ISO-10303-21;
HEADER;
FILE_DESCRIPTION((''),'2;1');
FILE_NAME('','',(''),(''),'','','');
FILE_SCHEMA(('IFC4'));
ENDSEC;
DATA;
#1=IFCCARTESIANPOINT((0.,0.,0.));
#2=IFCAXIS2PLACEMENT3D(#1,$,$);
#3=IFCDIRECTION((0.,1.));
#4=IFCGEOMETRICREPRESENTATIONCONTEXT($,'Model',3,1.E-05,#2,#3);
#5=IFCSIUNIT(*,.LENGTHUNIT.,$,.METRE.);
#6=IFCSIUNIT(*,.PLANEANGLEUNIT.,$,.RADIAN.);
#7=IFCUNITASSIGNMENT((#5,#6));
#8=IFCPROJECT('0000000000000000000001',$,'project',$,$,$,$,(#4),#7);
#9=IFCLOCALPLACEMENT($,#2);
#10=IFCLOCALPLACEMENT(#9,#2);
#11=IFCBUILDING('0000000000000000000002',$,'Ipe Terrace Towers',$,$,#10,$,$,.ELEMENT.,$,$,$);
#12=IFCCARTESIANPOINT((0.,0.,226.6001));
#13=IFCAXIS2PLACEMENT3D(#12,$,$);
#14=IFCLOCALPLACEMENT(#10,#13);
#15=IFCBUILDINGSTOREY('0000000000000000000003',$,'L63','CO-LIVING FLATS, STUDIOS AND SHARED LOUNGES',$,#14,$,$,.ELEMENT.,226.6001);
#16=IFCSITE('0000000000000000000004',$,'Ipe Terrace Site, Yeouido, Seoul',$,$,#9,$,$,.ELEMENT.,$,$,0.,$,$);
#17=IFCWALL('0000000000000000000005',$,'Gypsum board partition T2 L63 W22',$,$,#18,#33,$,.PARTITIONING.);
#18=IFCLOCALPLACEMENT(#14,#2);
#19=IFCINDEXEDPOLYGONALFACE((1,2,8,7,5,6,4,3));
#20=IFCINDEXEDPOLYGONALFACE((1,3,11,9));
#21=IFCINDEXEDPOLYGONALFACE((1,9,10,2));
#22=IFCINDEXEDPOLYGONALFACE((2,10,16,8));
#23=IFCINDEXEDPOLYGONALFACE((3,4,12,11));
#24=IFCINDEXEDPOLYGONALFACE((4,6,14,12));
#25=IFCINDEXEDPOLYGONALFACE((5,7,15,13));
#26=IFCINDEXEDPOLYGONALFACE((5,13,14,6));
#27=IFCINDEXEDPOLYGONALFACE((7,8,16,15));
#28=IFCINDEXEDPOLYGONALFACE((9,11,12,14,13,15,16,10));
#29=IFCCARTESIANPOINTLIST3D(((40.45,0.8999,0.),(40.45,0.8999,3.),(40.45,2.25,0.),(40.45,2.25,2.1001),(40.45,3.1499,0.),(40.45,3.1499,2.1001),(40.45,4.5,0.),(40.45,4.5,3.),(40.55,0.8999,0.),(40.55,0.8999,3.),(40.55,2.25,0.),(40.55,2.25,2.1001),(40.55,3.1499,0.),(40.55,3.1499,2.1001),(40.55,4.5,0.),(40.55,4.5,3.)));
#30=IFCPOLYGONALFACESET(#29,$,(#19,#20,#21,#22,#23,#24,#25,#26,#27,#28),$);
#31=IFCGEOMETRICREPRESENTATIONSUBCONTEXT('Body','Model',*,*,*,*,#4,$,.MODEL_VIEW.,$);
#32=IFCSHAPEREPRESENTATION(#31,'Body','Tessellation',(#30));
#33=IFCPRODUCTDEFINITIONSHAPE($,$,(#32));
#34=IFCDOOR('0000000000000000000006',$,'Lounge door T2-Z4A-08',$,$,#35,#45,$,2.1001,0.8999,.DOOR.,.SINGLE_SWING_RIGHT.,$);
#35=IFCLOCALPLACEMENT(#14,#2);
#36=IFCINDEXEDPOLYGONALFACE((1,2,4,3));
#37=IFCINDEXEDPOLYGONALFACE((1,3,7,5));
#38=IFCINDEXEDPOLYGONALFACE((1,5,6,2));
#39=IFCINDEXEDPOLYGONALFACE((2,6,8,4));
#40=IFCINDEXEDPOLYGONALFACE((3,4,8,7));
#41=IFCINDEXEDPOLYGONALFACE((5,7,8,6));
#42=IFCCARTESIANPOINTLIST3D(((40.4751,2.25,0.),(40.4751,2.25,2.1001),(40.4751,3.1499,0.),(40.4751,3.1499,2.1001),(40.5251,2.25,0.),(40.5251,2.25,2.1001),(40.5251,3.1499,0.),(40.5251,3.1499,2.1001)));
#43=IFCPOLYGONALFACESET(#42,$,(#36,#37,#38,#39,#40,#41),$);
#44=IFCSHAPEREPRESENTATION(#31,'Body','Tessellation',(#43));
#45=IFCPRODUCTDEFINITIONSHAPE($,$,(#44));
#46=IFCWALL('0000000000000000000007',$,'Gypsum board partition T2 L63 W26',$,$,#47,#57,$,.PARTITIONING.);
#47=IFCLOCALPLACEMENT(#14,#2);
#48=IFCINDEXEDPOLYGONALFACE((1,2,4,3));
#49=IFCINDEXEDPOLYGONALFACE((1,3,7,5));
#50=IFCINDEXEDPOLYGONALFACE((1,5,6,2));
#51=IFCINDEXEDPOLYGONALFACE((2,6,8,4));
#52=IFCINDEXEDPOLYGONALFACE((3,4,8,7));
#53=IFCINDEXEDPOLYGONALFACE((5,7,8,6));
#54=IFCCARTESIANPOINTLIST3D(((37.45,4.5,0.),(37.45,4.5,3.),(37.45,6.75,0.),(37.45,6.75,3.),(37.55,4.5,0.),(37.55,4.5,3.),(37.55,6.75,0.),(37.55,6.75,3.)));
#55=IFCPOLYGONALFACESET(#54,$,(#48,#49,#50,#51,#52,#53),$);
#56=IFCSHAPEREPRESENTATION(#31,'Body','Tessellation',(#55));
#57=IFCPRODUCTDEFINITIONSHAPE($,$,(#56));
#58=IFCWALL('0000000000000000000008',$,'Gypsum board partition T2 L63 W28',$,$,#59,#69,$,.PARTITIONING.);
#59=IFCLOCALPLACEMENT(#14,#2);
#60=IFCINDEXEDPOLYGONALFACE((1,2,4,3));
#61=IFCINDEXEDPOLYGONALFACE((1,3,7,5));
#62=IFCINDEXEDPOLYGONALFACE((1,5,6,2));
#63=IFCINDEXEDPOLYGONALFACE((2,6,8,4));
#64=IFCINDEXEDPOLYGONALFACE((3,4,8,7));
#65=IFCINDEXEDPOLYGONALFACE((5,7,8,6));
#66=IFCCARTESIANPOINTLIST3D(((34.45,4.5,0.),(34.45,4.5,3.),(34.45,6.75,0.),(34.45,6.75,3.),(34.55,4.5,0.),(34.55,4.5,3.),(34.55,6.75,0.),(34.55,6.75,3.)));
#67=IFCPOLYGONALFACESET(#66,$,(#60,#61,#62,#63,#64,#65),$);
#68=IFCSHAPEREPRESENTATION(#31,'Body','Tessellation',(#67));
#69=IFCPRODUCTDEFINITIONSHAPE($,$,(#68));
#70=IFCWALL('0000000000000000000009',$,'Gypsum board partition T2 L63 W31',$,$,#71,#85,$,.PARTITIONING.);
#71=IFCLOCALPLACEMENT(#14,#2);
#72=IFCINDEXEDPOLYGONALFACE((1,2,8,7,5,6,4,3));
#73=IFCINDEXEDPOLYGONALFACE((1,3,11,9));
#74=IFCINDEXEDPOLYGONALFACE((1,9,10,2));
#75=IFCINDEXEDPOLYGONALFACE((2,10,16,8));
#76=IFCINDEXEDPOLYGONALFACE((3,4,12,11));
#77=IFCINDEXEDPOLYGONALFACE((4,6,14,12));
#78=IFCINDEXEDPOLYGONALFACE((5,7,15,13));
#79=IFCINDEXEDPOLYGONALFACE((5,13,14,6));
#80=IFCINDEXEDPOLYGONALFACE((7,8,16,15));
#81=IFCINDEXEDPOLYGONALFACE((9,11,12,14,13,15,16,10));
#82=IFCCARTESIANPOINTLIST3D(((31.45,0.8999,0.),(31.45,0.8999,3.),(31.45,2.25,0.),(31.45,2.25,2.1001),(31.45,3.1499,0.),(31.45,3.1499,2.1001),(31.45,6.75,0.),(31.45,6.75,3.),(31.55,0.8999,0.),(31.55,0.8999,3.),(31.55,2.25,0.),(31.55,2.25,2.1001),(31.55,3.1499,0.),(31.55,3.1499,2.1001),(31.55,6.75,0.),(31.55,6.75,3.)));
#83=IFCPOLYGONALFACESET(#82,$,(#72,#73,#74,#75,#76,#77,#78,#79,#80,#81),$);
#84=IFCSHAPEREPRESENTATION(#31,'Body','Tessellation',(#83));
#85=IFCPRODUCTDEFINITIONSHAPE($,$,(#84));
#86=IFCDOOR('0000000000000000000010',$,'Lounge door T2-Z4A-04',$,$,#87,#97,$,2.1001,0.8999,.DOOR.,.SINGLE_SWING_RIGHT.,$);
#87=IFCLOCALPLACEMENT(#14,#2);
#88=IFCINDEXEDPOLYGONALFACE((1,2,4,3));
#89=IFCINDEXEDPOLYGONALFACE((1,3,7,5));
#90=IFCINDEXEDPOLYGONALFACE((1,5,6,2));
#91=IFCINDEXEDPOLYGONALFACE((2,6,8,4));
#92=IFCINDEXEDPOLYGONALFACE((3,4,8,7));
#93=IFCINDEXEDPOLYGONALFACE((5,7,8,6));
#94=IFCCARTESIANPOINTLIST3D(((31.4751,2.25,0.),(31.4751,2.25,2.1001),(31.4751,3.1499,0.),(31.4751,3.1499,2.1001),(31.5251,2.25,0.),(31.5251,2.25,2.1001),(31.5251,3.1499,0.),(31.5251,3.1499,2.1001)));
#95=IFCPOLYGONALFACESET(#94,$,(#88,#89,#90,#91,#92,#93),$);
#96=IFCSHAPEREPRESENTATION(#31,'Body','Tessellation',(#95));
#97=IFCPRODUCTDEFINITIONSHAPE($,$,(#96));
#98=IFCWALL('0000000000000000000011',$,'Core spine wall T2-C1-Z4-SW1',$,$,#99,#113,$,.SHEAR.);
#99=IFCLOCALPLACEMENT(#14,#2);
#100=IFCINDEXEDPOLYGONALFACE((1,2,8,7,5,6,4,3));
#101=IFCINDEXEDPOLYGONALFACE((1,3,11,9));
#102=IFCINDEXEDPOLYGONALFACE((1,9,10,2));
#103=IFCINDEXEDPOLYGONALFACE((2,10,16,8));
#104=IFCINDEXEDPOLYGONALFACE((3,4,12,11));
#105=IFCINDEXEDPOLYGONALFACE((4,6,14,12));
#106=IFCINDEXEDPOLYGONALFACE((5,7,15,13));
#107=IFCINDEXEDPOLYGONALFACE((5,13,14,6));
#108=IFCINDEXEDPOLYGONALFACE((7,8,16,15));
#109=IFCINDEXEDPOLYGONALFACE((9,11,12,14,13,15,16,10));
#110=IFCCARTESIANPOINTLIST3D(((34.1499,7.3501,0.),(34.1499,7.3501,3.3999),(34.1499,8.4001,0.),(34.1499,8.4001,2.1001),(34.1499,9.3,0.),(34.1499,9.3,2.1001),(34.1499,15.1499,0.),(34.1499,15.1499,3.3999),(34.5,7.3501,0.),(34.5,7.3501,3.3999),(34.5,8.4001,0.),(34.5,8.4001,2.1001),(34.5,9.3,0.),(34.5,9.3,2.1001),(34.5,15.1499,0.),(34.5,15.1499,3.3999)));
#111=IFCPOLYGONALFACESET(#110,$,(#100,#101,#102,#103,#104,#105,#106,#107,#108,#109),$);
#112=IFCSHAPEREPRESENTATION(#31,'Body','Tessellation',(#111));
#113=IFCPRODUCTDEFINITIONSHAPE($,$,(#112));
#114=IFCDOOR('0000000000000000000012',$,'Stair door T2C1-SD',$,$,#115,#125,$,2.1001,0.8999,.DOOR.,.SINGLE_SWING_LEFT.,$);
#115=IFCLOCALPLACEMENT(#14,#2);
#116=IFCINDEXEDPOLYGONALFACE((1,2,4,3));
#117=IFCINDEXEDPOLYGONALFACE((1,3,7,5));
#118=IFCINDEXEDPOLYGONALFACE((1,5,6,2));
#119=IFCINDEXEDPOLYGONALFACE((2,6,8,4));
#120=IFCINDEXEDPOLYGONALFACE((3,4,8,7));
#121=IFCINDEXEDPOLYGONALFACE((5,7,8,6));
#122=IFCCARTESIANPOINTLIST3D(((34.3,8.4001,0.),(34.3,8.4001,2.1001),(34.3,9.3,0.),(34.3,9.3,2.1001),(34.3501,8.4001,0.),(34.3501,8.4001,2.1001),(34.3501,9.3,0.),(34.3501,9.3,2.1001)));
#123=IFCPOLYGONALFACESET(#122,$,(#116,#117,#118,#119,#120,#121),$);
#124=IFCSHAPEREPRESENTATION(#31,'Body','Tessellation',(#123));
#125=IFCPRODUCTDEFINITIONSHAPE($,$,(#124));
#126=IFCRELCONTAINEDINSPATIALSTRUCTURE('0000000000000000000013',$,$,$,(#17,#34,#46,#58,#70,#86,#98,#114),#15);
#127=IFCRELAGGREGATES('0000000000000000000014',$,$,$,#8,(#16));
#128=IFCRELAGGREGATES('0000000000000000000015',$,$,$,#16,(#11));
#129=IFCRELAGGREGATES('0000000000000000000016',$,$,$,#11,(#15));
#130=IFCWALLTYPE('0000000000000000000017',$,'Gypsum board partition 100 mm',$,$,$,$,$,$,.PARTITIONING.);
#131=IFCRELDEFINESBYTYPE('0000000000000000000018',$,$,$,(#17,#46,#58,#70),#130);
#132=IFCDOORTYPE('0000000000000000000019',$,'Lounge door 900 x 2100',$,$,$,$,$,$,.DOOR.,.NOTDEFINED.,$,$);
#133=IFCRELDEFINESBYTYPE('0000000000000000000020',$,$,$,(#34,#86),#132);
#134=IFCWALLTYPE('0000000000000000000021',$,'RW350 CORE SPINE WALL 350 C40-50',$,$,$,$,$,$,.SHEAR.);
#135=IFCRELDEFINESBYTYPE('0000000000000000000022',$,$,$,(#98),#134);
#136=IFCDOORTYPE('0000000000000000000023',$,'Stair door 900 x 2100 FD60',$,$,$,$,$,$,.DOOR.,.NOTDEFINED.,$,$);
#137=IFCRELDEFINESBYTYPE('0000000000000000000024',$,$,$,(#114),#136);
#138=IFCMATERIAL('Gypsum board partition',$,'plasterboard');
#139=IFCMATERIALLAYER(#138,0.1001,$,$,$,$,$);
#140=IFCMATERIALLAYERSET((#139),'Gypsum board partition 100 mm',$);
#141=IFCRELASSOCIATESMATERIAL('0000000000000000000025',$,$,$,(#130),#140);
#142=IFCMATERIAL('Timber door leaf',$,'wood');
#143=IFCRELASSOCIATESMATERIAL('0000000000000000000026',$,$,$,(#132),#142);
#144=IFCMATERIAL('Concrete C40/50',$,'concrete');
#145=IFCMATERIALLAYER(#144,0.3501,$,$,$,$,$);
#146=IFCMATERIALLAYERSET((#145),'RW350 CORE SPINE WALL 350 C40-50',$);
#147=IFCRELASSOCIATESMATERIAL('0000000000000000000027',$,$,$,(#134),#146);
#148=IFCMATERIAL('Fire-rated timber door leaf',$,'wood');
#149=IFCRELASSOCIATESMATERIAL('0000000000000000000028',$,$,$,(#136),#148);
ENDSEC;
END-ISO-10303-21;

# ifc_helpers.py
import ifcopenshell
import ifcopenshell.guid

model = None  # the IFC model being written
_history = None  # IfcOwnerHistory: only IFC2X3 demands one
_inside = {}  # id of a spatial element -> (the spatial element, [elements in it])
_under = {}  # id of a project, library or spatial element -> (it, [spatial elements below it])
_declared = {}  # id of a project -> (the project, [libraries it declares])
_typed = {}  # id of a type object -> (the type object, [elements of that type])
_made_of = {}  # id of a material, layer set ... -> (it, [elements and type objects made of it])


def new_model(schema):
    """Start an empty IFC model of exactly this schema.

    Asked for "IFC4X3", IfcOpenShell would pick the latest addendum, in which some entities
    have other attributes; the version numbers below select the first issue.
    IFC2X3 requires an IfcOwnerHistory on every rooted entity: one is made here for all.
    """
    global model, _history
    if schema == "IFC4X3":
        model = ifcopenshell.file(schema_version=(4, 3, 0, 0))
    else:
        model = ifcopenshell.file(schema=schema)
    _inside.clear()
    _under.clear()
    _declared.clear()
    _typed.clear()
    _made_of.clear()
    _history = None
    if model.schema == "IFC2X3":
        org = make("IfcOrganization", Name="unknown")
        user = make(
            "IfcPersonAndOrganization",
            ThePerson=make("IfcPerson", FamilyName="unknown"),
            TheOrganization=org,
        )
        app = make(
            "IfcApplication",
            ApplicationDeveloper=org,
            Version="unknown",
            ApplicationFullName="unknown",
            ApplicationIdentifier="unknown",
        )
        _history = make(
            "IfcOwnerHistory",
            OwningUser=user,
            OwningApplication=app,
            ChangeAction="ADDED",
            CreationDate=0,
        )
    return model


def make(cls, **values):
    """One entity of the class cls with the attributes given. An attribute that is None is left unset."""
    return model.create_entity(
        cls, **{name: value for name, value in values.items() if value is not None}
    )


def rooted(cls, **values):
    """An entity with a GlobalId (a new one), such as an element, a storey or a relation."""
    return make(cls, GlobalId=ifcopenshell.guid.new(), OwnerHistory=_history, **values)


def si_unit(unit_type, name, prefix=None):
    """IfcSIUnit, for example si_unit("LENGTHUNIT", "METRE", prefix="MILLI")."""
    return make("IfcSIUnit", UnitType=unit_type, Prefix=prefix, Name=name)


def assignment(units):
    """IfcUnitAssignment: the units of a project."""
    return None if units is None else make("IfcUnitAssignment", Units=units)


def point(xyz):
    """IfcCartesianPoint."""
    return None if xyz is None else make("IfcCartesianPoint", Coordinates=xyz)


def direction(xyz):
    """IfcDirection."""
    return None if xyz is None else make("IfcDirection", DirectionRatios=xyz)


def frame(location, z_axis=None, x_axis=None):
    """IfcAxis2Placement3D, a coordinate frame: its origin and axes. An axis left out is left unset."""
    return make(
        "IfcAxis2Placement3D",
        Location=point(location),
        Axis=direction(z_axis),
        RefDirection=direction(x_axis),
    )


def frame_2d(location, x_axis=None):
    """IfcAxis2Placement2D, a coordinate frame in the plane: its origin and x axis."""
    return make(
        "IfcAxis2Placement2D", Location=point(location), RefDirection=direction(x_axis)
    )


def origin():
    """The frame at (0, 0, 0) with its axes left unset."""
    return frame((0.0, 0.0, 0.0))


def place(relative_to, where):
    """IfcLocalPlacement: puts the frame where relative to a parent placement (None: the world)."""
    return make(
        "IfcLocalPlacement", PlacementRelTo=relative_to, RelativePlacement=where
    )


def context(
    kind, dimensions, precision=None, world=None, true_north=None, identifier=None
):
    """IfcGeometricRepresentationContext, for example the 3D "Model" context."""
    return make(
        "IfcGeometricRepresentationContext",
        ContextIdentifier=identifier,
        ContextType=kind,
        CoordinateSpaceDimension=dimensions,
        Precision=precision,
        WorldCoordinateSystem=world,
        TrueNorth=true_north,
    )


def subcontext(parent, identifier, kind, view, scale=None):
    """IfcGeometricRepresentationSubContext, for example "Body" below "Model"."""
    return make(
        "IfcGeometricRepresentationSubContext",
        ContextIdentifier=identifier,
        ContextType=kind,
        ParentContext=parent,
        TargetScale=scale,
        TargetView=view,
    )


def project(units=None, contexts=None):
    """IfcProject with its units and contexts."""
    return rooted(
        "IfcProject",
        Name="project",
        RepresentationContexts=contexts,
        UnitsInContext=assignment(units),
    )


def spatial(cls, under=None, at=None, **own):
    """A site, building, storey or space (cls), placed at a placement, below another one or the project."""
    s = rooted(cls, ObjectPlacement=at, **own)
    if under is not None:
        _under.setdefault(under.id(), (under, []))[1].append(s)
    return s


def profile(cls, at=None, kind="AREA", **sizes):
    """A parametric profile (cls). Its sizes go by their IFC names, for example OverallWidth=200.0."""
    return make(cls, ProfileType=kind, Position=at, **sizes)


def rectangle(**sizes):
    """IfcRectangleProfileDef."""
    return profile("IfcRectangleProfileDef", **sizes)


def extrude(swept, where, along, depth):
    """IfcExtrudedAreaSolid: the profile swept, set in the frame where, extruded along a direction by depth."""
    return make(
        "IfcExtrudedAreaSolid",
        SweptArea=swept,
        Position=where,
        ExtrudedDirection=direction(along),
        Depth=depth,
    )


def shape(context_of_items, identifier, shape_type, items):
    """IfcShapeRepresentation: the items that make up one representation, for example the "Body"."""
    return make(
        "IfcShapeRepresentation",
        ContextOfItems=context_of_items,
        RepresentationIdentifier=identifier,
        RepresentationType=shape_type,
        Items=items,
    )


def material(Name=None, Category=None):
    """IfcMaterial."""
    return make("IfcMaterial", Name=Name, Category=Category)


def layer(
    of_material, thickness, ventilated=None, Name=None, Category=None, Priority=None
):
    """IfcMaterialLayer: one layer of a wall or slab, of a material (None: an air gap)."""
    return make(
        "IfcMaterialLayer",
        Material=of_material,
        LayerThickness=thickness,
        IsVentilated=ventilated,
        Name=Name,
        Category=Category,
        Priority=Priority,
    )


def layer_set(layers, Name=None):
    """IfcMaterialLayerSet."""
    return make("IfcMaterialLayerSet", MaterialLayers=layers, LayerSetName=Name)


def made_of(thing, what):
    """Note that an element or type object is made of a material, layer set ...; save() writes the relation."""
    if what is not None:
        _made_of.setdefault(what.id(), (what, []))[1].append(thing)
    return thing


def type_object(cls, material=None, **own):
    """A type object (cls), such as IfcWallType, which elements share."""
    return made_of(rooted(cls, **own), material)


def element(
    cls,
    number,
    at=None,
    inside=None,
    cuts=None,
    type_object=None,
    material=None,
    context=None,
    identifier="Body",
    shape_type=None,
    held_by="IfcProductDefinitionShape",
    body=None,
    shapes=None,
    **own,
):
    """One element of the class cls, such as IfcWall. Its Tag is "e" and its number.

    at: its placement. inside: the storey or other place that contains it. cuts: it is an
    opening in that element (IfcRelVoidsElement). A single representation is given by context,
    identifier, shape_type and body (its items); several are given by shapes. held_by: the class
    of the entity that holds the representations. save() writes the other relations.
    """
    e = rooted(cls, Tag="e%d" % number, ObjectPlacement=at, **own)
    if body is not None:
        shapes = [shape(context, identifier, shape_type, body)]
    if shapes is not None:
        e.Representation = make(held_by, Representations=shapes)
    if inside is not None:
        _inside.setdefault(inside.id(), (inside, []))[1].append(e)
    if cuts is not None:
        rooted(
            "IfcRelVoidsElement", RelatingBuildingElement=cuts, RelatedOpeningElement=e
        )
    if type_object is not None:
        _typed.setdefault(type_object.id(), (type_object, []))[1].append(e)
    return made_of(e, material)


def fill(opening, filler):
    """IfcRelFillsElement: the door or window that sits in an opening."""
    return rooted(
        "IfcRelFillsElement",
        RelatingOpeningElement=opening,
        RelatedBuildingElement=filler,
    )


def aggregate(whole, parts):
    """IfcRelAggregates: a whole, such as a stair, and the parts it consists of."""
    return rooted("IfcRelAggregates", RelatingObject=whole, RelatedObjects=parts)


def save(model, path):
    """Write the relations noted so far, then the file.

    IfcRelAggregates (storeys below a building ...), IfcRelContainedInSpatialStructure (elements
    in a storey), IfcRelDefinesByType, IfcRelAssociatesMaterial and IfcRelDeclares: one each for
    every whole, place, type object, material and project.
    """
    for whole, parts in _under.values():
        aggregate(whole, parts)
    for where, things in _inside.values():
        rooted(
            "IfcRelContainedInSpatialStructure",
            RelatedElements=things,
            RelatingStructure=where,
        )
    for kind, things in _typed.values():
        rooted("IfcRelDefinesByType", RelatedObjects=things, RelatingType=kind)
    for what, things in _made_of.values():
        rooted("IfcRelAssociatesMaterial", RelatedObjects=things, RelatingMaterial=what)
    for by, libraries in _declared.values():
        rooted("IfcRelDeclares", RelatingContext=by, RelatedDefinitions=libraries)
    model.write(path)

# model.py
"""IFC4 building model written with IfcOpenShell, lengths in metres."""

from ifc_helpers import new_model, si_unit, direction, frame, frame_2d, origin, place, context, subcontext, project, spatial, rectangle, extrude, material, layer, layer_set, type_object, element, fill, save


model = new_model("IFC4")

# Units and contexts
model_context = context("Model", 3, precision=1e-05, world=origin(), true_north=direction((0.0, 1.0)))
body_context = subcontext(model_context, "Body", "Model", "MODEL_VIEW")
ifc_project = project(units=[si_unit("LENGTHUNIT", "METRE"), si_unit("PLANEANGLEUNIT", "RADIAN")], contexts=[model_context])

# Site, building, storey
site_placement = place(None, origin())
site = spatial("IfcSite", under=ifc_project, at=site_placement, Name="Ipe Terrace Site, Yeouido, Seoul", CompositionType="ELEMENT", RefElevation=0.0)
building_placement = place(site_placement, origin())
building = spatial("IfcBuilding", under=site, at=building_placement, Name="Ipe Terrace Towers", CompositionType="ELEMENT")
storey_placement = place(building_placement, frame((0.0, 0.0, 226.6001)))
storey = spatial("IfcBuildingStorey", under=building, at=storey_placement, Name="L63", Description="CO-LIVING FLATS, STUDIOS AND SHARED LOUNGES", CompositionType="ELEMENT", Elevation=226.6001)

# Shared definitions
ifc_material_1 = material(Name="Gypsum board partition", Category="plasterboard")
ifc_layer_1 = layer(ifc_material_1, 0.1001)
ifc_layer_set_1 = layer_set([ifc_layer_1], Name="Gypsum board partition 100 mm")
wall_type_1 = type_object("IfcWallType", Name="Gypsum board partition 100 mm", PredefinedType="PARTITIONING", material=ifc_layer_set_1)

# Wall, opening, door
ifc_material_2 = material(Name="Timber door leaf", Category="wood")
door_type_1 = type_object("IfcDoorType", Name="Lounge door 900 x 2100", OperationType="NOTDEFINED", PredefinedType="DOOR", material=ifc_material_2)
wall_1_placement = place(storey_placement, frame((40.5, 0.8999, 0.0), z_axis=(0.0, 0.0, 1.0), x_axis=(0.0, 1.0, 0.0)))
wall_1 = element("IfcWall", 1, at=wall_1_placement, inside=storey, type_object=wall_type_1, Name="Gypsum board partition T2 L63 W22", PredefinedType="PARTITIONING", context=body_context, shape_type="SweptSolid", body=[
    extrude(rectangle(XDim=3.6001, YDim=0.1001, at=frame_2d((1.8, 0.0))), origin(), (0.0, 0.0, 1.0), 3.0),
])
opening_1_placement = place(wall_1_placement, frame((1.3501, 0.0, 0.0)))
opening_1 = element("IfcOpeningElement", 2, at=opening_1_placement, cuts=wall_1, PredefinedType="OPENING", context=body_context, shape_type="SweptSolid", body=[
    extrude(rectangle(XDim=0.8999, YDim=2.1001, at=frame_2d((0.45, 1.05))), frame((0.0, 0.0601, 0.0), z_axis=(0.0, -1.0, 0.0), x_axis=(1.0, 0.0, 0.0)), (0.0, 0.0, 1.0), 0.1201),
])
door_1_placement = place(opening_1_placement, origin())
door_1 = element("IfcDoor", 3, at=door_1_placement, inside=storey, type_object=door_type_1, Name="Lounge door T2-Z4A-08", OperationType="SINGLE_SWING_RIGHT", OverallHeight=2.1001, OverallWidth=0.8999, PredefinedType="DOOR", context=body_context, shape_type="SweptSolid", body=[
    extrude(rectangle(XDim=0.8999, YDim=2.1001, at=frame_2d((0.45, 1.05))), frame((0.0, 0.0249, 0.0), z_axis=(0.0, -1.0, 0.0), x_axis=(1.0, 0.0, 0.0)), (0.0, 0.0, 1.0), 0.05),
])
fill(opening_1, door_1)

# Walls
for number, where, z_axis, x_axis, name in (
    (4, (37.5, 4.5, 0.0), (0.0, 0.0, 1.0), (0.0, 1.0, 0.0), "Gypsum board partition T2 L63 W26"),
    (5, (34.5, 4.5, 0.0), (0.0, 0.0, 1.0), (0.0, 1.0, 0.0), "Gypsum board partition T2 L63 W28"),
):
    element("IfcWall", number, at=place(storey_placement, frame(where, z_axis=z_axis, x_axis=x_axis)), inside=storey, type_object=wall_type_1, Name=name, PredefinedType="PARTITIONING", context=body_context, shape_type="SweptSolid", body=[
        extrude(rectangle(XDim=2.25, YDim=0.1001, at=frame_2d((1.125, 0.0))), origin(), (0.0, 0.0, 1.0), 3.0),
    ])

# Walls, openings, doors
wall_2_placement = place(storey_placement, frame((31.5, 0.8999, 0.0), z_axis=(0.0, 0.0, 1.0), x_axis=(0.0, 1.0, 0.0)))
wall_2 = element("IfcWall", 6, at=wall_2_placement, inside=storey, type_object=wall_type_1, Name="Gypsum board partition T2 L63 W31", PredefinedType="PARTITIONING", context=body_context, shape_type="SweptSolid", body=[
    extrude(rectangle(XDim=5.8501, YDim=0.1001, at=frame_2d((2.925, 0.0))), origin(), (0.0, 0.0, 1.0), 3.0),
])
opening_2_placement = place(wall_2_placement, frame((1.3501, 0.0, 0.0)))
opening_2 = element("IfcOpeningElement", 7, at=opening_2_placement, cuts=wall_2, PredefinedType="OPENING", context=body_context, shape_type="SweptSolid", body=[
    extrude(rectangle(XDim=0.8999, YDim=2.1001, at=frame_2d((0.45, 1.05))), frame((0.0, 0.0601, 0.0), z_axis=(0.0, -1.0, 0.0), x_axis=(1.0, 0.0, 0.0)), (0.0, 0.0, 1.0), 0.1201),
])
door_2_placement = place(opening_2_placement, origin())
door_2 = element("IfcDoor", 8, at=door_2_placement, inside=storey, type_object=door_type_1, Name="Lounge door T2-Z4A-04", OperationType="SINGLE_SWING_RIGHT", OverallHeight=2.1001, OverallWidth=0.8999, PredefinedType="DOOR", context=body_context, shape_type="SweptSolid", body=[
    extrude(rectangle(XDim=0.8999, YDim=2.1001, at=frame_2d((0.45, 1.05))), frame((0.0, 0.0249, 0.0), z_axis=(0.0, -1.0, 0.0), x_axis=(1.0, 0.0, 0.0)), (0.0, 0.0, 1.0), 0.05),
])
fill(opening_2, door_2)
ifc_material_3 = material(Name="Concrete C40/50", Category="concrete")
ifc_layer_2 = layer(ifc_material_3, 0.3501)
ifc_layer_set_2 = layer_set([ifc_layer_2], Name="RW350 CORE SPINE WALL 350 C40-50")
wall_type_2 = type_object("IfcWallType", Name="RW350 CORE SPINE WALL 350 C40-50", PredefinedType="SHEAR", material=ifc_layer_set_2)
wall_3_placement = place(storey_placement, frame((34.325, 7.3501, 0.0), z_axis=(0.0, 0.0, 1.0), x_axis=(0.0, 1.0, 0.0)))
wall_3 = element("IfcWall", 9, at=wall_3_placement, inside=storey, type_object=wall_type_2, Name="Core spine wall T2-C1-Z4-SW1", PredefinedType="SHEAR", context=body_context, shape_type="SweptSolid", body=[
    extrude(rectangle(XDim=7.7998, YDim=0.3501, at=frame_2d((3.8999, 0.0))), origin(), (0.0, 0.0, 1.0), 3.3999),
])
opening_3_placement = place(wall_3_placement, frame((1.05, 0.0, 0.0)))
opening_3 = element("IfcOpeningElement", 10, at=opening_3_placement, cuts=wall_3, PredefinedType="OPENING", context=body_context, shape_type="SweptSolid", body=[
    extrude(rectangle(XDim=0.8999, YDim=2.1001, at=frame_2d((0.45, 1.05))), frame((0.0, 0.1851, 0.0), z_axis=(0.0, -1.0, 0.0), x_axis=(1.0, 0.0, 0.0)), (0.0, 0.0, 1.0), 0.3701),
])
ifc_material_4 = material(Name="Fire-rated timber door leaf", Category="wood")
door_type_2 = type_object("IfcDoorType", Name="Stair door 900 x 2100 FD60", OperationType="NOTDEFINED", PredefinedType="DOOR", material=ifc_material_4)
door_3_placement = place(opening_3_placement, origin())
door_3 = element("IfcDoor", 11, at=door_3_placement, inside=storey, type_object=door_type_2, Name="Stair door T2C1-SD", OperationType="SINGLE_SWING_LEFT", OverallHeight=2.1001, OverallWidth=0.8999, PredefinedType="DOOR", context=body_context, shape_type="SweptSolid", body=[
    extrude(rectangle(XDim=0.8999, YDim=2.1001, at=frame_2d((0.45, 1.05))), frame((0.0, 0.0249, 0.0), z_axis=(0.0, -1.0, 0.0), x_axis=(1.0, 0.0, 0.0)), (0.0, 0.0, 1.0), 0.05),
])
fill(opening_3, door_3)

save(model, "model.ifc")
